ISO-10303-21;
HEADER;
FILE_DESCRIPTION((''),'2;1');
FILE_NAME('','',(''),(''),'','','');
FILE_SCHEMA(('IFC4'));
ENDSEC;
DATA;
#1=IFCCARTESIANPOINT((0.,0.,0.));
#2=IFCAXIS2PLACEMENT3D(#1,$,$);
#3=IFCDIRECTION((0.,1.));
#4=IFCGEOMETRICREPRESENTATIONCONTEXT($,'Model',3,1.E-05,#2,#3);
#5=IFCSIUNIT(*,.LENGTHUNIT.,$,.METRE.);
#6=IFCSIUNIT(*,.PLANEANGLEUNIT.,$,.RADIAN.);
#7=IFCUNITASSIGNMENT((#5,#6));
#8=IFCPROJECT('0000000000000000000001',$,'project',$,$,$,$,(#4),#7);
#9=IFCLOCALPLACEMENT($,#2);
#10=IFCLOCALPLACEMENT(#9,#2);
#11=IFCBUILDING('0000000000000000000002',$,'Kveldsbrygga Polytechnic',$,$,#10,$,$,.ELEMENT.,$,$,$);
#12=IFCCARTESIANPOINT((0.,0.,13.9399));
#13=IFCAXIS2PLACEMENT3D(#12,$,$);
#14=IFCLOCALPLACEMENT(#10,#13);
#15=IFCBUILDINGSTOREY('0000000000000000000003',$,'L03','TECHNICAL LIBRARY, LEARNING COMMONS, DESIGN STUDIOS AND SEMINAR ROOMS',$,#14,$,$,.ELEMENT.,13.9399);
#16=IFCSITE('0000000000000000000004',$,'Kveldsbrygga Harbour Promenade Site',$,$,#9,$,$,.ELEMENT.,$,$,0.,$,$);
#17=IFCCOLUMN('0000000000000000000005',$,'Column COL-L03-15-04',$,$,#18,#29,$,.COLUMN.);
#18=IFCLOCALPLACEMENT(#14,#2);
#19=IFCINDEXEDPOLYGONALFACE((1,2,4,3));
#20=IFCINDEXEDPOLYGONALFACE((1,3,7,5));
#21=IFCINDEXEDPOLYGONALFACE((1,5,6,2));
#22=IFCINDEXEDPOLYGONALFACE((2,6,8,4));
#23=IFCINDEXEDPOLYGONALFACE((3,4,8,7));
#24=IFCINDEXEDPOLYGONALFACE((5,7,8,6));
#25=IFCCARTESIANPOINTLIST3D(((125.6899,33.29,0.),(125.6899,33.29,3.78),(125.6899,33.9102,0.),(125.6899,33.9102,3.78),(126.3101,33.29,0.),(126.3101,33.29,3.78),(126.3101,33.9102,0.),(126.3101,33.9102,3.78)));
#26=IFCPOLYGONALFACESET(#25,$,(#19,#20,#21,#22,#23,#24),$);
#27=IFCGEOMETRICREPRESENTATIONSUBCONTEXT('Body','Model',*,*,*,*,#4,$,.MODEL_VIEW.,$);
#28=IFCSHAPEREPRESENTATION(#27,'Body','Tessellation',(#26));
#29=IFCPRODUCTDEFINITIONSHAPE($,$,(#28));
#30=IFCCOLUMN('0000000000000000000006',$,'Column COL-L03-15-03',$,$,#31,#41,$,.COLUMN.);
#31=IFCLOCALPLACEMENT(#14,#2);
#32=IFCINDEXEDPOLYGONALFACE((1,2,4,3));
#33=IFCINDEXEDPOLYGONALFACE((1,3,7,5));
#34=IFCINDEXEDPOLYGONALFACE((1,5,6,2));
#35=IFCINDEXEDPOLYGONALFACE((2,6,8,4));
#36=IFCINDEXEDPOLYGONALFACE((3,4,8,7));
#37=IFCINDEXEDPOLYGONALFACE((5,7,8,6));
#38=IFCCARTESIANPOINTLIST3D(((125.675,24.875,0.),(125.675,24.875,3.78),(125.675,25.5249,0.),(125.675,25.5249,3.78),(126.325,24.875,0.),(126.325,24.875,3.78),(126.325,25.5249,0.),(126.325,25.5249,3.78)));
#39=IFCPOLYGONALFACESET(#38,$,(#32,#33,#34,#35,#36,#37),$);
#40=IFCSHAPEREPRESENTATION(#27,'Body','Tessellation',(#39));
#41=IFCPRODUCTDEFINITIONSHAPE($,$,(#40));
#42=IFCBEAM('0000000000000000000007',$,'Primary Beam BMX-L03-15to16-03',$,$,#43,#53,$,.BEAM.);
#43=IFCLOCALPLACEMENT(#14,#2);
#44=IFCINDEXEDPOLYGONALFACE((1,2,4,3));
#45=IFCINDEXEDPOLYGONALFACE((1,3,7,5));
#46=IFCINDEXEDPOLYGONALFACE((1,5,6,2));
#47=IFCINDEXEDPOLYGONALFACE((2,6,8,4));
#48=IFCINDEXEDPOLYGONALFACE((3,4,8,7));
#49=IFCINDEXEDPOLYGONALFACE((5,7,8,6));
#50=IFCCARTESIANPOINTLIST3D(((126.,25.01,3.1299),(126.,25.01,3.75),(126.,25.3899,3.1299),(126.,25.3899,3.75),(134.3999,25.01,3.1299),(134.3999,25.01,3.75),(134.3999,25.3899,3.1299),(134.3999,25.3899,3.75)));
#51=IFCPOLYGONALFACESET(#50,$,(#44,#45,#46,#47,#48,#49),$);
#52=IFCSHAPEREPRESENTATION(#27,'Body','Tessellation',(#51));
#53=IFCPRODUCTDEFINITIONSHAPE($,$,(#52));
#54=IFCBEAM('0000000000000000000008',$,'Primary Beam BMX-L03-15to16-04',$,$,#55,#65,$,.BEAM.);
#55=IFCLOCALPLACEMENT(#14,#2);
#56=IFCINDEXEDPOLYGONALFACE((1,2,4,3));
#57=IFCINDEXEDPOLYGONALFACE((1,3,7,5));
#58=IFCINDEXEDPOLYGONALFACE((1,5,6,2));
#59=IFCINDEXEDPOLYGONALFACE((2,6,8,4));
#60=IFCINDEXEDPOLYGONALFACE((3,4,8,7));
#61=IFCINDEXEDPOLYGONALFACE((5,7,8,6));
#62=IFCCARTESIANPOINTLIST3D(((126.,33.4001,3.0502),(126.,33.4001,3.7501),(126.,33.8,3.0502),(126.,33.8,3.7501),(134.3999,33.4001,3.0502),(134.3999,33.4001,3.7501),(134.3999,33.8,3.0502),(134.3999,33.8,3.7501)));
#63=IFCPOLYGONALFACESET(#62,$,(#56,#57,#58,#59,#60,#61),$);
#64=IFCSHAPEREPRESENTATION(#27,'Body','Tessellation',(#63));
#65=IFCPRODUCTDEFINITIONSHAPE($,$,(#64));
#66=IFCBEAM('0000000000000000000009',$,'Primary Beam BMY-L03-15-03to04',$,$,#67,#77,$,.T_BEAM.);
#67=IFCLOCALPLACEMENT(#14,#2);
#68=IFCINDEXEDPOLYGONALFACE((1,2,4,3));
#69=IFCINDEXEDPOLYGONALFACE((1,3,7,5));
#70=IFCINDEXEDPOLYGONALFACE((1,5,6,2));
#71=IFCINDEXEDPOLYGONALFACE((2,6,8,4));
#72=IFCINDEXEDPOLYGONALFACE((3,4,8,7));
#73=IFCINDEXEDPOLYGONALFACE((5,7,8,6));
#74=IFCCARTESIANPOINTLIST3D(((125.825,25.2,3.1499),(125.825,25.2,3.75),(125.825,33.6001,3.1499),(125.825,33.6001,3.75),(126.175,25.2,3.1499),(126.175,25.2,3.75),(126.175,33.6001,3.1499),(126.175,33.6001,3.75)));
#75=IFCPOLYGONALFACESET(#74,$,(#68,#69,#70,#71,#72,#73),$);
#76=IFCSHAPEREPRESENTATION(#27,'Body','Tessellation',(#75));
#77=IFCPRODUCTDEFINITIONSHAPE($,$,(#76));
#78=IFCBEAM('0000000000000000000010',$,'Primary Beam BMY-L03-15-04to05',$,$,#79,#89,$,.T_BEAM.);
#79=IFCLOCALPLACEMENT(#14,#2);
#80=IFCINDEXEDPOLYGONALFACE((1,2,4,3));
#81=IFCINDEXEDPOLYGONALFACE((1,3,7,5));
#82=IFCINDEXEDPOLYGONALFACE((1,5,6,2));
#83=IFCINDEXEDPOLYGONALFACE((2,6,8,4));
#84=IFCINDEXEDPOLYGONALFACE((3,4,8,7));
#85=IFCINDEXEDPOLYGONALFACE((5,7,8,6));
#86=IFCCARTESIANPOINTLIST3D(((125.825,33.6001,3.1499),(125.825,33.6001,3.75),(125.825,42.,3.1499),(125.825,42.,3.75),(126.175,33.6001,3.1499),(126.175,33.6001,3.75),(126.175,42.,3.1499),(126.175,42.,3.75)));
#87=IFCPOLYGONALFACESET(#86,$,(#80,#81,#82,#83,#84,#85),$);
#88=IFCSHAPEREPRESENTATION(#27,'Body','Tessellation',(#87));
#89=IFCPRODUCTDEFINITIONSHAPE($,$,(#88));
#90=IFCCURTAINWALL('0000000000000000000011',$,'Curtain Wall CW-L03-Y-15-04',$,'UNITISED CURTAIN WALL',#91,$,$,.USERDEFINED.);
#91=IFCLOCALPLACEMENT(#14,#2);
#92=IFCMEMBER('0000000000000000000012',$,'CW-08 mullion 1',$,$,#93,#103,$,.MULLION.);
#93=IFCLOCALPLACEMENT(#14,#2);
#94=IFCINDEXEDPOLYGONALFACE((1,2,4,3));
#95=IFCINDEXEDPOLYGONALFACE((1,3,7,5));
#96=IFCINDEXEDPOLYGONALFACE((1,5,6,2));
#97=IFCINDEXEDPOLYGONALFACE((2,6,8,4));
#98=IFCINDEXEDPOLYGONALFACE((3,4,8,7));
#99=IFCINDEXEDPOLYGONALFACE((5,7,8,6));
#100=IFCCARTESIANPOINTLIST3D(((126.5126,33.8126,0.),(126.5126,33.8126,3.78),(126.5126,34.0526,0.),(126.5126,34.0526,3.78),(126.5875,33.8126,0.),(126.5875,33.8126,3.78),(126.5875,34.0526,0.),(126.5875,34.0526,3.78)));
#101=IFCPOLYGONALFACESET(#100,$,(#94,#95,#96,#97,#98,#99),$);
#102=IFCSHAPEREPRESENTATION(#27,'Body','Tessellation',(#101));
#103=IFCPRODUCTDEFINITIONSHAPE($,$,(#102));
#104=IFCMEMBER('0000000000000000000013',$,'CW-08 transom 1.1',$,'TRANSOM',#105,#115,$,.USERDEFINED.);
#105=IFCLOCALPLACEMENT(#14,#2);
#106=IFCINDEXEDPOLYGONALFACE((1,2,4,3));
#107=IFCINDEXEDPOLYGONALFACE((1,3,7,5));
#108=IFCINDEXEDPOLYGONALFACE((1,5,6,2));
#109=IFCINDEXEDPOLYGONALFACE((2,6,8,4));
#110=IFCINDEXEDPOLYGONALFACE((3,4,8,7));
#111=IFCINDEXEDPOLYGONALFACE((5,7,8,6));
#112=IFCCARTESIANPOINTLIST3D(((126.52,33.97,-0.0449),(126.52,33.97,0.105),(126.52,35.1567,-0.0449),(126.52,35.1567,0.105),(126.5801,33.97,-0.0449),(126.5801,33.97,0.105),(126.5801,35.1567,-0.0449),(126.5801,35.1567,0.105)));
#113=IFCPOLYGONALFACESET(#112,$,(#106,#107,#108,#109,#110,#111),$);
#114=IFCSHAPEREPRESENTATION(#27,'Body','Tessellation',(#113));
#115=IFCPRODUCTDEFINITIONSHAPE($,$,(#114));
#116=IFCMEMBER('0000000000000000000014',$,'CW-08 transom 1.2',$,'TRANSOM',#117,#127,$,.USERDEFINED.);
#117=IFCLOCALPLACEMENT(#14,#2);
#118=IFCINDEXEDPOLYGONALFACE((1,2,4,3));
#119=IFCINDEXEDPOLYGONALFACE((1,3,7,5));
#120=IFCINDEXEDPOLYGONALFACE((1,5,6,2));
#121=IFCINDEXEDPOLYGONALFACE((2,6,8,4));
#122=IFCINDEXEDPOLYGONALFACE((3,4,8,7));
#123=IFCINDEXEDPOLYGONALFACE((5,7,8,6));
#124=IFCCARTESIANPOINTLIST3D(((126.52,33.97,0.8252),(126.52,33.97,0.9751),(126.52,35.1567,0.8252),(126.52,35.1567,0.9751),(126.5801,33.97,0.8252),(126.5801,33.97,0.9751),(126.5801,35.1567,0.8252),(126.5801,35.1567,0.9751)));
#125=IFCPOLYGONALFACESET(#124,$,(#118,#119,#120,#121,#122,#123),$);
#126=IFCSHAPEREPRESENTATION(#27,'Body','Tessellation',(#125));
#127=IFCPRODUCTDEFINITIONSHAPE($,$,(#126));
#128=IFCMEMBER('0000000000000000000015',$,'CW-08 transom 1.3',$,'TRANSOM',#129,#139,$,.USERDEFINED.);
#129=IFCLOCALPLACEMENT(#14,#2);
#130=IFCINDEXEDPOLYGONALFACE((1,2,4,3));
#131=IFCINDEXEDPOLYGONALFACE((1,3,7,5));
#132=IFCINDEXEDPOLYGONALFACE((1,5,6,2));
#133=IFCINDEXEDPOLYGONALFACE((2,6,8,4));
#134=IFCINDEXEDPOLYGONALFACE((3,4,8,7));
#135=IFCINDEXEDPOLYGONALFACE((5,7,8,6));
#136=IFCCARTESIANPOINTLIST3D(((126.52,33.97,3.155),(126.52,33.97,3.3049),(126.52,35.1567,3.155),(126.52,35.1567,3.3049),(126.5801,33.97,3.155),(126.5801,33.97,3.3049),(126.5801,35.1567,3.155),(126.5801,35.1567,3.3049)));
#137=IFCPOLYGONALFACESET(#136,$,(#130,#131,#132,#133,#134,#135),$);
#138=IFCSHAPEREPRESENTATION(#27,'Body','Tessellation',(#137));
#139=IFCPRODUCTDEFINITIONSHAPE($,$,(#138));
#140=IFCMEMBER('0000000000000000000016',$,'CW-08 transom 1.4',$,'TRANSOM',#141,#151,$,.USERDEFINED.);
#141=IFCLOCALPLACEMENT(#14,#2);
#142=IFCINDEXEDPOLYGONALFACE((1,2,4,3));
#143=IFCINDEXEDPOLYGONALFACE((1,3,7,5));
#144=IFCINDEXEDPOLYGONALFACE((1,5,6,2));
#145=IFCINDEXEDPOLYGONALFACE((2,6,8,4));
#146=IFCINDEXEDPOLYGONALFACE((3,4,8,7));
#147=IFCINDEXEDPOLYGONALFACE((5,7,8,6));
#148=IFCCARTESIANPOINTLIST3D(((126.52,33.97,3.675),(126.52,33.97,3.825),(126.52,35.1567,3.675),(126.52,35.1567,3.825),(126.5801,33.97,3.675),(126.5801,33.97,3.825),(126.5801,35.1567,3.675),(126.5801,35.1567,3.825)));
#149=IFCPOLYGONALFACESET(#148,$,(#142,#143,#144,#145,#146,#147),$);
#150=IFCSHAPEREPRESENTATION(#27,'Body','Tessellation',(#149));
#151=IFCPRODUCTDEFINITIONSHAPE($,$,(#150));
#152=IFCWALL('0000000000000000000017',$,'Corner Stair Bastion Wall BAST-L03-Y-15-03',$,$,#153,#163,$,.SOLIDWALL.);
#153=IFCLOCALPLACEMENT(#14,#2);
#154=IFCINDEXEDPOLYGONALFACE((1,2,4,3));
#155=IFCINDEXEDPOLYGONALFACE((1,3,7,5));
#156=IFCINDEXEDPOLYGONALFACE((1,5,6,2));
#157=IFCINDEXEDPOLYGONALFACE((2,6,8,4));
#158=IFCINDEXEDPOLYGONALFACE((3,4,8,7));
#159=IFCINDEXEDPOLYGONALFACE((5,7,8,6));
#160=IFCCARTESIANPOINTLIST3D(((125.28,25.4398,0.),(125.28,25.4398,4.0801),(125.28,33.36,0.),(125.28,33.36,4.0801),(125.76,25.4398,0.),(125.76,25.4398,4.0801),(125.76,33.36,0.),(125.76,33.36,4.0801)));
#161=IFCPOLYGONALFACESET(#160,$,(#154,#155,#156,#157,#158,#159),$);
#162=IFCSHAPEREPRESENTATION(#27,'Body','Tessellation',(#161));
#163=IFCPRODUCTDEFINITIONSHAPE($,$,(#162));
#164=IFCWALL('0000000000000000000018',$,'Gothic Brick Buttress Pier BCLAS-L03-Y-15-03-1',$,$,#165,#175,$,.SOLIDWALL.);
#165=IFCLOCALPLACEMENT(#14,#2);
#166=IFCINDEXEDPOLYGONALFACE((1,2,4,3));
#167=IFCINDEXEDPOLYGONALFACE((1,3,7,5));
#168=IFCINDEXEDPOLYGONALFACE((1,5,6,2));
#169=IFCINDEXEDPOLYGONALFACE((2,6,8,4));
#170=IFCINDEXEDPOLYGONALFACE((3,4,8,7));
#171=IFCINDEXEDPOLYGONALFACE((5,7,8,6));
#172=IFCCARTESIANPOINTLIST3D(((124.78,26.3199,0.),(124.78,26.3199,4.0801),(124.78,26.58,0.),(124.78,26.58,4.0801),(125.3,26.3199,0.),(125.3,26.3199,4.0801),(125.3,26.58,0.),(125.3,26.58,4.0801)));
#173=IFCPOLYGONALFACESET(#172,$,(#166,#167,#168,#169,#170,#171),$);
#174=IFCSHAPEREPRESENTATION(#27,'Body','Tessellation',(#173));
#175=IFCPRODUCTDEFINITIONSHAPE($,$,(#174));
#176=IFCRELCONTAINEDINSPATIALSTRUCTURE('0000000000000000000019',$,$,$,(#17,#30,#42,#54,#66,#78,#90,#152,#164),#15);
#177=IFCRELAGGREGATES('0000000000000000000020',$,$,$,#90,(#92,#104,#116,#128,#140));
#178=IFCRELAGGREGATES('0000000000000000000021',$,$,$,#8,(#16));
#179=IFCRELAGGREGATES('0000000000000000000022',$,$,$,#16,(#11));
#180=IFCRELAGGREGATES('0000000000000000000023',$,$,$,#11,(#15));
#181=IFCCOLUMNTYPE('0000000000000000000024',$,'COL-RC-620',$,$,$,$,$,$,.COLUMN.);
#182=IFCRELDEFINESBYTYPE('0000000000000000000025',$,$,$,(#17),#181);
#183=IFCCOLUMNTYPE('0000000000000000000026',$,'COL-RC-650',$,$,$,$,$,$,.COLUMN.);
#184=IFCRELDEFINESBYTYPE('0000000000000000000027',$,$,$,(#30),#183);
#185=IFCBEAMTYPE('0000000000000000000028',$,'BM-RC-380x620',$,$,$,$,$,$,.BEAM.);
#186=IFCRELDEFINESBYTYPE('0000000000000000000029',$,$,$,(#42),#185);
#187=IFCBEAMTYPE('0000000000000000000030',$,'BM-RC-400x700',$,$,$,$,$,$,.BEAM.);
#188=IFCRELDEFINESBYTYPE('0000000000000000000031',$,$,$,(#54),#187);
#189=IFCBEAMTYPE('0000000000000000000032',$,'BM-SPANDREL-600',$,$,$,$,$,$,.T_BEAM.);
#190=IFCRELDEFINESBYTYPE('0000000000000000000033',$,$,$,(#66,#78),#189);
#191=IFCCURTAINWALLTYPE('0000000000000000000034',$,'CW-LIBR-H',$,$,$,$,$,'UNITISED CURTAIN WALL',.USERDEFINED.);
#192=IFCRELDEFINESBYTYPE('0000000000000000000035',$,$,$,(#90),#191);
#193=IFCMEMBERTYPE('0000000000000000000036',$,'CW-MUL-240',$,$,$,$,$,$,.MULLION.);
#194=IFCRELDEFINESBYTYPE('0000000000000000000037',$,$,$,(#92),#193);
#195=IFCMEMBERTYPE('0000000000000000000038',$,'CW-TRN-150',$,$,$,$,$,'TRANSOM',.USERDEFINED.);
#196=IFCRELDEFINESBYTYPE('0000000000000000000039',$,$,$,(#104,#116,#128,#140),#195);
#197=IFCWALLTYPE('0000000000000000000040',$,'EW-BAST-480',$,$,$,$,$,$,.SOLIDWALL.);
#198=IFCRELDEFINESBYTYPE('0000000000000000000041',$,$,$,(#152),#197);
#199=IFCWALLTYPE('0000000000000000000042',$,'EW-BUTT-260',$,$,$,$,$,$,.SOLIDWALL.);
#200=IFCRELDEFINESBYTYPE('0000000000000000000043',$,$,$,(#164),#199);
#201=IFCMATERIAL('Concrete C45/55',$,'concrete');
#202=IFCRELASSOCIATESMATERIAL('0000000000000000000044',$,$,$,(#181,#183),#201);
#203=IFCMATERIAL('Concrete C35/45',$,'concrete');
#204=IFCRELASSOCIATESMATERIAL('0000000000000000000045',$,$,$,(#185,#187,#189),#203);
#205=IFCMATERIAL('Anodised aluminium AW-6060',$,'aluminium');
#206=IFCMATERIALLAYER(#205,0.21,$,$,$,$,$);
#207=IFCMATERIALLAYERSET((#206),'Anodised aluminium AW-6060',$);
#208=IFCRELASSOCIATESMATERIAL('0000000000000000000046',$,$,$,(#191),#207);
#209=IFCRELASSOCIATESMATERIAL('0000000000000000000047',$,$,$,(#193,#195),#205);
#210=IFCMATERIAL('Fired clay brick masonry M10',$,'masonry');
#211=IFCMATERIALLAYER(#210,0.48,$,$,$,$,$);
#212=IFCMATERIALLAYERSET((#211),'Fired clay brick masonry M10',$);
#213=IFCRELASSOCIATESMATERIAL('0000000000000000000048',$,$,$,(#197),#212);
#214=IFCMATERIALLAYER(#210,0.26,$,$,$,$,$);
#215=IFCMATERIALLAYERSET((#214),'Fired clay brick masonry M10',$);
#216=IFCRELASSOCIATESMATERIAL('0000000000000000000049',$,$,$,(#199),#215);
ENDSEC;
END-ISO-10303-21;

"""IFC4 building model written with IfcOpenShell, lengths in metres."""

from ifc_helpers import new_model, si_unit, direction, frame, frame_2d, origin, origin_2d, place, context, subcontext, project, spatial, rectangle, extrude, material, layer, layer_set, material_profile, profile_set, type_object, element, aggregate, save


model = new_model("IFC4")

# Units and contexts
model_context = context("Model", 3, precision=1e-05, world=origin(), true_north=direction((0.0, 1.0)))
body_context = subcontext(model_context, "Body", "Model", "MODEL_VIEW")
ifc_project = project(units=[si_unit("LENGTHUNIT", "METRE"), si_unit("PLANEANGLEUNIT", "RADIAN")], contexts=[model_context])

# Site, building, storey
site_placement = place(None, origin())
site = spatial("IfcSite", under=ifc_project, at=site_placement, Name="Kveldsbrygga Harbour Promenade Site", CompositionType="ELEMENT", RefElevation=0.0)
building_placement = place(site_placement, origin())
building = spatial("IfcBuilding", under=site, at=building_placement, Name="Kveldsbrygga Polytechnic", CompositionType="ELEMENT")
storey_placement = place(building_placement, frame((0.0, 0.0, 13.9399)))
storey = spatial("IfcBuildingStorey", under=building, at=storey_placement, Name="L03", Description="TECHNICAL LIBRARY, LEARNING COMMONS, DESIGN STUDIOS AND SEMINAR ROOMS", CompositionType="ELEMENT", Elevation=13.9399)

# Columns
ifc_material_1 = material(Name="Concrete C45/55", Category="concrete")
ifc_material_profile_1 = material_profile(ifc_material_1, rectangle(XDim=0.6201, YDim=0.6201, at=origin_2d()), Name="RC 620x620")
ifc_profile_set_1 = profile_set([ifc_material_profile_1], Name="Concrete C45/55")
column_type_1 = type_object("IfcColumnType", Name="COL-RC-620", PredefinedType="COLUMN", material=ifc_profile_set_1)
column_1_placement = place(storey_placement, frame((126.0, 33.6001, 0.0), z_axis=(0.0, 0.0, 1.0), x_axis=(1.0, 0.0, 0.0)))
element("IfcColumn", 1, at=column_1_placement, inside=storey, type_object=column_type_1, Name="Column COL-L03-15-04", PredefinedType="COLUMN", context=body_context, shape_type="SweptSolid", body=[
    extrude(rectangle(XDim=0.6201, YDim=0.6201, at=origin_2d()), origin(), (0.0, 0.0, 1.0), 3.78),
])
ifc_material_profile_2 = material_profile(ifc_material_1, rectangle(XDim=0.6499, YDim=0.6499, at=origin_2d()), Name="RC 650x650")
ifc_profile_set_2 = profile_set([ifc_material_profile_2], Name="Concrete C45/55")
column_type_2 = type_object("IfcColumnType", Name="COL-RC-650", PredefinedType="COLUMN", material=ifc_profile_set_2)
column_2_placement = place(storey_placement, frame((126.0, 25.2, 0.0), z_axis=(0.0, 0.0, 1.0), x_axis=(1.0, 0.0, 0.0)))
element("IfcColumn", 2, at=column_2_placement, inside=storey, type_object=column_type_2, Name="Column COL-L03-15-03", PredefinedType="COLUMN", context=body_context, shape_type="SweptSolid", body=[
    extrude(rectangle(XDim=0.6499, YDim=0.6499, at=origin_2d()), origin(), (0.0, 0.0, 1.0), 3.78),
])

# Beams
ifc_material_2 = material(Name="Concrete C35/45", Category="concrete")
ifc_material_profile_3 = material_profile(ifc_material_2, rectangle(XDim=0.3799, YDim=0.6201, at=origin_2d()), Name="RC 380x620")
ifc_profile_set_3 = profile_set([ifc_material_profile_3], Name="Concrete C35/45")
beam_type_1 = type_object("IfcBeamType", Name="BM-RC-380x620", PredefinedType="BEAM", material=ifc_profile_set_3)
beam_1_placement = place(storey_placement, frame((126.0, 25.2, 3.4399), z_axis=(1.0, 0.0, 0.0), x_axis=(0.0, 1.0, 0.0)))
element("IfcBeam", 3, at=beam_1_placement, inside=storey, type_object=beam_type_1, Name="Primary Beam BMX-L03-15to16-03", PredefinedType="BEAM", context=body_context, shape_type="SweptSolid", body=[
    extrude(rectangle(XDim=0.3799, YDim=0.6201, at=origin_2d()), origin(), (0.0, 0.0, 1.0), 8.3999),
])
ifc_material_profile_4 = material_profile(ifc_material_2, rectangle(XDim=0.3999, YDim=0.7, at=origin_2d()), Name="RC 400x700")
ifc_profile_set_4 = profile_set([ifc_material_profile_4], Name="Concrete C35/45")
beam_type_2 = type_object("IfcBeamType", Name="BM-RC-400x700", PredefinedType="BEAM", material=ifc_profile_set_4)
beam_2_placement = place(storey_placement, frame((126.0, 33.6001, 3.4001), z_axis=(1.0, 0.0, 0.0), x_axis=(0.0, 1.0, 0.0)))
element("IfcBeam", 4, at=beam_2_placement, inside=storey, type_object=beam_type_2, Name="Primary Beam BMX-L03-15to16-04", PredefinedType="BEAM", context=body_context, shape_type="SweptSolid", body=[
    extrude(rectangle(XDim=0.3999, YDim=0.7, at=origin_2d()), origin(), (0.0, 0.0, 1.0), 8.3999),
])
ifc_material_profile_5 = material_profile(ifc_material_2, rectangle(XDim=0.3501, YDim=0.6001, at=origin_2d()), Name="RC 350x600")
ifc_profile_set_5 = profile_set([ifc_material_profile_5], Name="Concrete C35/45")
beam_type_3 = type_object("IfcBeamType", Name="BM-SPANDREL-600", PredefinedType="T_BEAM", material=ifc_profile_set_5)
beam_3_placement = place(storey_placement, frame((126.0, 25.2, 3.45), z_axis=(0.0, 1.0, 0.0), x_axis=(-1.0, 0.0, 0.0)))
element("IfcBeam", 5, at=beam_3_placement, inside=storey, type_object=beam_type_3, Name="Primary Beam BMY-L03-15-03to04", PredefinedType="T_BEAM", context=body_context, shape_type="SweptSolid", body=[
    extrude(rectangle(XDim=0.3501, YDim=0.6001, at=origin_2d()), origin(), (0.0, 0.0, 1.0), 8.4001),
])
beam_4_placement = place(storey_placement, frame((126.0, 33.6001, 3.45), z_axis=(0.0, 1.0, 0.0), x_axis=(-1.0, 0.0, 0.0)))
element("IfcBeam", 6, at=beam_4_placement, inside=storey, type_object=beam_type_3, Name="Primary Beam BMY-L03-15-04to05", PredefinedType="T_BEAM", context=body_context, shape_type="SweptSolid", body=[
    extrude(rectangle(XDim=0.3501, YDim=0.6001, at=origin_2d()), origin(), (0.0, 0.0, 1.0), 8.3999),
])

# Curtain wall, members
ifc_material_3 = material(Name="Anodised aluminium AW-6060", Category="aluminium")
ifc_layer_1 = layer(ifc_material_3, 0.21)
ifc_layer_set_1 = layer_set([ifc_layer_1], Name="Anodised aluminium AW-6060")
curtain_wall_type = type_object("IfcCurtainWallType", Name="CW-LIBR-H", ElementType="UNITISED CURTAIN WALL", PredefinedType="USERDEFINED", material=ifc_layer_set_1)
curtain_wall_placement = place(storey_placement, origin())
curtain_wall = element("IfcCurtainWall", 7, at=curtain_wall_placement, inside=storey, type_object=curtain_wall_type, Name="Curtain Wall CW-L03-Y-15-04", ObjectType="UNITISED CURTAIN WALL", PredefinedType="USERDEFINED")
ifc_material_profile_6 = material_profile(ifc_material_3, rectangle(XDim=0.075, YDim=0.24, at=origin_2d()), Name="ALU 75x240")
ifc_profile_set_6 = profile_set([ifc_material_profile_6], Name="Anodised aluminium AW-6060")
member_type_1 = type_object("IfcMemberType", Name="CW-MUL-240", PredefinedType="MULLION", material=ifc_profile_set_6)
member_1_placement = place(storey_placement, frame((126.55, 33.9326, 0.0), z_axis=(0.0, 0.0, 1.0), x_axis=(-1.0, 0.0, 0.0)))
member_1 = element("IfcMember", 8, at=member_1_placement, type_object=member_type_1, Name="CW-08 mullion 1", PredefinedType="MULLION", context=body_context, shape_type="SweptSolid", body=[
    extrude(rectangle(XDim=0.075, YDim=0.24, at=origin_2d()), origin(), (0.0, 0.0, 1.0), 3.78),
])
ifc_material_profile_7 = material_profile(ifc_material_3, rectangle(XDim=0.0601, YDim=0.1499, at=origin_2d()), Name="ALU 60x150")
ifc_profile_set_7 = profile_set([ifc_material_profile_7], Name="Anodised aluminium AW-6060")
member_type_2 = type_object("IfcMemberType", Name="CW-TRN-150", ElementType="TRANSOM", PredefinedType="USERDEFINED", material=ifc_profile_set_7)
member_2_placement = place(storey_placement, frame((126.55, 33.97, 0.03), z_axis=(0.0, 1.0, 0.0), x_axis=(-1.0, 0.0, 0.0)))
member_2 = element("IfcMember", 9, at=member_2_placement, type_object=member_type_2, Name="CW-08 transom 1.1", ObjectType="TRANSOM", PredefinedType="USERDEFINED", context=body_context, shape_type="SweptSolid", body=[
    extrude(rectangle(XDim=0.0601, YDim=0.1499, at=origin_2d()), origin(), (0.0, 0.0, 1.0), 1.1868),
])
member_3_placement = place(storey_placement, frame((126.55, 33.97, 0.9001), z_axis=(0.0, 1.0, 0.0), x_axis=(-1.0, 0.0, 0.0)))
member_3 = element("IfcMember", 10, at=member_3_placement, type_object=member_type_2, Name="CW-08 transom 1.2", ObjectType="TRANSOM", PredefinedType="USERDEFINED", context=body_context, shape_type="SweptSolid", body=[
    extrude(rectangle(XDim=0.0601, YDim=0.1499, at=origin_2d()), origin(), (0.0, 0.0, 1.0), 1.1868),
])
member_4_placement = place(storey_placement, frame((126.55, 33.97, 3.23), z_axis=(0.0, 1.0, 0.0), x_axis=(-1.0, 0.0, 0.0)))
member_4 = element("IfcMember", 11, at=member_4_placement, type_object=member_type_2, Name="CW-08 transom 1.3", ObjectType="TRANSOM", PredefinedType="USERDEFINED", context=body_context, shape_type="SweptSolid", body=[
    extrude(rectangle(XDim=0.0601, YDim=0.1499, at=origin_2d()), origin(), (0.0, 0.0, 1.0), 1.1868),
])
member_5_placement = place(storey_placement, frame((126.55, 33.97, 3.75), z_axis=(0.0, 1.0, 0.0), x_axis=(-1.0, 0.0, 0.0)))
member_5 = element("IfcMember", 12, at=member_5_placement, type_object=member_type_2, Name="CW-08 transom 1.4", ObjectType="TRANSOM", PredefinedType="USERDEFINED", context=body_context, shape_type="SweptSolid", body=[
    extrude(rectangle(XDim=0.0601, YDim=0.1499, at=origin_2d()), origin(), (0.0, 0.0, 1.0), 1.1868),
])
aggregate(curtain_wall, [member_1, member_2, member_3, member_4, member_5])

# Walls
ifc_material_4 = material(Name="Fired clay brick masonry M10", Category="masonry")
ifc_layer_2 = layer(ifc_material_4, 0.48)
ifc_layer_set_2 = layer_set([ifc_layer_2], Name="Fired clay brick masonry M10")
wall_type_1 = type_object("IfcWallType", Name="EW-BAST-480", PredefinedType="SOLIDWALL", material=ifc_layer_set_2)
wall_1_placement = place(storey_placement, frame((125.52, 25.4399, 0.0), z_axis=(0.0, 0.0, 1.0), x_axis=(0.0, 1.0, 0.0)))
element("IfcWall", 13, at=wall_1_placement, inside=storey, type_object=wall_type_1, Name="Corner Stair Bastion Wall BAST-L03-Y-15-03", PredefinedType="SOLIDWALL", context=body_context, shape_type="SweptSolid", body=[
    extrude(rectangle(XDim=7.9202, YDim=0.48, at=frame_2d((3.96, 0.0))), origin(), (0.0, 0.0, 1.0), 4.0801),
])
ifc_layer_3 = layer(ifc_material_4, 0.26)
ifc_layer_set_3 = layer_set([ifc_layer_3], Name="Fired clay brick masonry M10")
wall_type_2 = type_object("IfcWallType", Name="EW-BUTT-260", PredefinedType="SOLIDWALL", material=ifc_layer_set_3)
for number, where, z_axis, x_axis, name in (
    (14, (125.3, 26.45, 0.0), (0.0, 0.0, 1.0), (-1.0, 0.0, 0.0), "Gothic Brick Buttress Pier BCLAS-L03-Y-15-03-1"),
):
    element("IfcWall", number, at=place(storey_placement, frame(where, z_axis=z_axis, x_axis=x_axis)), inside=storey, type_object=wall_type_2, Name=name, PredefinedType="SOLIDWALL", context=body_context, shape_type="SweptSolid", body=[
        extrude(rectangle(XDim=0.52, YDim=0.26, at=frame_2d((0.26, 0.0))), origin(), (0.0, 0.0, 1.0), 4.0801),
    ])

save(model, "model.ifc")
